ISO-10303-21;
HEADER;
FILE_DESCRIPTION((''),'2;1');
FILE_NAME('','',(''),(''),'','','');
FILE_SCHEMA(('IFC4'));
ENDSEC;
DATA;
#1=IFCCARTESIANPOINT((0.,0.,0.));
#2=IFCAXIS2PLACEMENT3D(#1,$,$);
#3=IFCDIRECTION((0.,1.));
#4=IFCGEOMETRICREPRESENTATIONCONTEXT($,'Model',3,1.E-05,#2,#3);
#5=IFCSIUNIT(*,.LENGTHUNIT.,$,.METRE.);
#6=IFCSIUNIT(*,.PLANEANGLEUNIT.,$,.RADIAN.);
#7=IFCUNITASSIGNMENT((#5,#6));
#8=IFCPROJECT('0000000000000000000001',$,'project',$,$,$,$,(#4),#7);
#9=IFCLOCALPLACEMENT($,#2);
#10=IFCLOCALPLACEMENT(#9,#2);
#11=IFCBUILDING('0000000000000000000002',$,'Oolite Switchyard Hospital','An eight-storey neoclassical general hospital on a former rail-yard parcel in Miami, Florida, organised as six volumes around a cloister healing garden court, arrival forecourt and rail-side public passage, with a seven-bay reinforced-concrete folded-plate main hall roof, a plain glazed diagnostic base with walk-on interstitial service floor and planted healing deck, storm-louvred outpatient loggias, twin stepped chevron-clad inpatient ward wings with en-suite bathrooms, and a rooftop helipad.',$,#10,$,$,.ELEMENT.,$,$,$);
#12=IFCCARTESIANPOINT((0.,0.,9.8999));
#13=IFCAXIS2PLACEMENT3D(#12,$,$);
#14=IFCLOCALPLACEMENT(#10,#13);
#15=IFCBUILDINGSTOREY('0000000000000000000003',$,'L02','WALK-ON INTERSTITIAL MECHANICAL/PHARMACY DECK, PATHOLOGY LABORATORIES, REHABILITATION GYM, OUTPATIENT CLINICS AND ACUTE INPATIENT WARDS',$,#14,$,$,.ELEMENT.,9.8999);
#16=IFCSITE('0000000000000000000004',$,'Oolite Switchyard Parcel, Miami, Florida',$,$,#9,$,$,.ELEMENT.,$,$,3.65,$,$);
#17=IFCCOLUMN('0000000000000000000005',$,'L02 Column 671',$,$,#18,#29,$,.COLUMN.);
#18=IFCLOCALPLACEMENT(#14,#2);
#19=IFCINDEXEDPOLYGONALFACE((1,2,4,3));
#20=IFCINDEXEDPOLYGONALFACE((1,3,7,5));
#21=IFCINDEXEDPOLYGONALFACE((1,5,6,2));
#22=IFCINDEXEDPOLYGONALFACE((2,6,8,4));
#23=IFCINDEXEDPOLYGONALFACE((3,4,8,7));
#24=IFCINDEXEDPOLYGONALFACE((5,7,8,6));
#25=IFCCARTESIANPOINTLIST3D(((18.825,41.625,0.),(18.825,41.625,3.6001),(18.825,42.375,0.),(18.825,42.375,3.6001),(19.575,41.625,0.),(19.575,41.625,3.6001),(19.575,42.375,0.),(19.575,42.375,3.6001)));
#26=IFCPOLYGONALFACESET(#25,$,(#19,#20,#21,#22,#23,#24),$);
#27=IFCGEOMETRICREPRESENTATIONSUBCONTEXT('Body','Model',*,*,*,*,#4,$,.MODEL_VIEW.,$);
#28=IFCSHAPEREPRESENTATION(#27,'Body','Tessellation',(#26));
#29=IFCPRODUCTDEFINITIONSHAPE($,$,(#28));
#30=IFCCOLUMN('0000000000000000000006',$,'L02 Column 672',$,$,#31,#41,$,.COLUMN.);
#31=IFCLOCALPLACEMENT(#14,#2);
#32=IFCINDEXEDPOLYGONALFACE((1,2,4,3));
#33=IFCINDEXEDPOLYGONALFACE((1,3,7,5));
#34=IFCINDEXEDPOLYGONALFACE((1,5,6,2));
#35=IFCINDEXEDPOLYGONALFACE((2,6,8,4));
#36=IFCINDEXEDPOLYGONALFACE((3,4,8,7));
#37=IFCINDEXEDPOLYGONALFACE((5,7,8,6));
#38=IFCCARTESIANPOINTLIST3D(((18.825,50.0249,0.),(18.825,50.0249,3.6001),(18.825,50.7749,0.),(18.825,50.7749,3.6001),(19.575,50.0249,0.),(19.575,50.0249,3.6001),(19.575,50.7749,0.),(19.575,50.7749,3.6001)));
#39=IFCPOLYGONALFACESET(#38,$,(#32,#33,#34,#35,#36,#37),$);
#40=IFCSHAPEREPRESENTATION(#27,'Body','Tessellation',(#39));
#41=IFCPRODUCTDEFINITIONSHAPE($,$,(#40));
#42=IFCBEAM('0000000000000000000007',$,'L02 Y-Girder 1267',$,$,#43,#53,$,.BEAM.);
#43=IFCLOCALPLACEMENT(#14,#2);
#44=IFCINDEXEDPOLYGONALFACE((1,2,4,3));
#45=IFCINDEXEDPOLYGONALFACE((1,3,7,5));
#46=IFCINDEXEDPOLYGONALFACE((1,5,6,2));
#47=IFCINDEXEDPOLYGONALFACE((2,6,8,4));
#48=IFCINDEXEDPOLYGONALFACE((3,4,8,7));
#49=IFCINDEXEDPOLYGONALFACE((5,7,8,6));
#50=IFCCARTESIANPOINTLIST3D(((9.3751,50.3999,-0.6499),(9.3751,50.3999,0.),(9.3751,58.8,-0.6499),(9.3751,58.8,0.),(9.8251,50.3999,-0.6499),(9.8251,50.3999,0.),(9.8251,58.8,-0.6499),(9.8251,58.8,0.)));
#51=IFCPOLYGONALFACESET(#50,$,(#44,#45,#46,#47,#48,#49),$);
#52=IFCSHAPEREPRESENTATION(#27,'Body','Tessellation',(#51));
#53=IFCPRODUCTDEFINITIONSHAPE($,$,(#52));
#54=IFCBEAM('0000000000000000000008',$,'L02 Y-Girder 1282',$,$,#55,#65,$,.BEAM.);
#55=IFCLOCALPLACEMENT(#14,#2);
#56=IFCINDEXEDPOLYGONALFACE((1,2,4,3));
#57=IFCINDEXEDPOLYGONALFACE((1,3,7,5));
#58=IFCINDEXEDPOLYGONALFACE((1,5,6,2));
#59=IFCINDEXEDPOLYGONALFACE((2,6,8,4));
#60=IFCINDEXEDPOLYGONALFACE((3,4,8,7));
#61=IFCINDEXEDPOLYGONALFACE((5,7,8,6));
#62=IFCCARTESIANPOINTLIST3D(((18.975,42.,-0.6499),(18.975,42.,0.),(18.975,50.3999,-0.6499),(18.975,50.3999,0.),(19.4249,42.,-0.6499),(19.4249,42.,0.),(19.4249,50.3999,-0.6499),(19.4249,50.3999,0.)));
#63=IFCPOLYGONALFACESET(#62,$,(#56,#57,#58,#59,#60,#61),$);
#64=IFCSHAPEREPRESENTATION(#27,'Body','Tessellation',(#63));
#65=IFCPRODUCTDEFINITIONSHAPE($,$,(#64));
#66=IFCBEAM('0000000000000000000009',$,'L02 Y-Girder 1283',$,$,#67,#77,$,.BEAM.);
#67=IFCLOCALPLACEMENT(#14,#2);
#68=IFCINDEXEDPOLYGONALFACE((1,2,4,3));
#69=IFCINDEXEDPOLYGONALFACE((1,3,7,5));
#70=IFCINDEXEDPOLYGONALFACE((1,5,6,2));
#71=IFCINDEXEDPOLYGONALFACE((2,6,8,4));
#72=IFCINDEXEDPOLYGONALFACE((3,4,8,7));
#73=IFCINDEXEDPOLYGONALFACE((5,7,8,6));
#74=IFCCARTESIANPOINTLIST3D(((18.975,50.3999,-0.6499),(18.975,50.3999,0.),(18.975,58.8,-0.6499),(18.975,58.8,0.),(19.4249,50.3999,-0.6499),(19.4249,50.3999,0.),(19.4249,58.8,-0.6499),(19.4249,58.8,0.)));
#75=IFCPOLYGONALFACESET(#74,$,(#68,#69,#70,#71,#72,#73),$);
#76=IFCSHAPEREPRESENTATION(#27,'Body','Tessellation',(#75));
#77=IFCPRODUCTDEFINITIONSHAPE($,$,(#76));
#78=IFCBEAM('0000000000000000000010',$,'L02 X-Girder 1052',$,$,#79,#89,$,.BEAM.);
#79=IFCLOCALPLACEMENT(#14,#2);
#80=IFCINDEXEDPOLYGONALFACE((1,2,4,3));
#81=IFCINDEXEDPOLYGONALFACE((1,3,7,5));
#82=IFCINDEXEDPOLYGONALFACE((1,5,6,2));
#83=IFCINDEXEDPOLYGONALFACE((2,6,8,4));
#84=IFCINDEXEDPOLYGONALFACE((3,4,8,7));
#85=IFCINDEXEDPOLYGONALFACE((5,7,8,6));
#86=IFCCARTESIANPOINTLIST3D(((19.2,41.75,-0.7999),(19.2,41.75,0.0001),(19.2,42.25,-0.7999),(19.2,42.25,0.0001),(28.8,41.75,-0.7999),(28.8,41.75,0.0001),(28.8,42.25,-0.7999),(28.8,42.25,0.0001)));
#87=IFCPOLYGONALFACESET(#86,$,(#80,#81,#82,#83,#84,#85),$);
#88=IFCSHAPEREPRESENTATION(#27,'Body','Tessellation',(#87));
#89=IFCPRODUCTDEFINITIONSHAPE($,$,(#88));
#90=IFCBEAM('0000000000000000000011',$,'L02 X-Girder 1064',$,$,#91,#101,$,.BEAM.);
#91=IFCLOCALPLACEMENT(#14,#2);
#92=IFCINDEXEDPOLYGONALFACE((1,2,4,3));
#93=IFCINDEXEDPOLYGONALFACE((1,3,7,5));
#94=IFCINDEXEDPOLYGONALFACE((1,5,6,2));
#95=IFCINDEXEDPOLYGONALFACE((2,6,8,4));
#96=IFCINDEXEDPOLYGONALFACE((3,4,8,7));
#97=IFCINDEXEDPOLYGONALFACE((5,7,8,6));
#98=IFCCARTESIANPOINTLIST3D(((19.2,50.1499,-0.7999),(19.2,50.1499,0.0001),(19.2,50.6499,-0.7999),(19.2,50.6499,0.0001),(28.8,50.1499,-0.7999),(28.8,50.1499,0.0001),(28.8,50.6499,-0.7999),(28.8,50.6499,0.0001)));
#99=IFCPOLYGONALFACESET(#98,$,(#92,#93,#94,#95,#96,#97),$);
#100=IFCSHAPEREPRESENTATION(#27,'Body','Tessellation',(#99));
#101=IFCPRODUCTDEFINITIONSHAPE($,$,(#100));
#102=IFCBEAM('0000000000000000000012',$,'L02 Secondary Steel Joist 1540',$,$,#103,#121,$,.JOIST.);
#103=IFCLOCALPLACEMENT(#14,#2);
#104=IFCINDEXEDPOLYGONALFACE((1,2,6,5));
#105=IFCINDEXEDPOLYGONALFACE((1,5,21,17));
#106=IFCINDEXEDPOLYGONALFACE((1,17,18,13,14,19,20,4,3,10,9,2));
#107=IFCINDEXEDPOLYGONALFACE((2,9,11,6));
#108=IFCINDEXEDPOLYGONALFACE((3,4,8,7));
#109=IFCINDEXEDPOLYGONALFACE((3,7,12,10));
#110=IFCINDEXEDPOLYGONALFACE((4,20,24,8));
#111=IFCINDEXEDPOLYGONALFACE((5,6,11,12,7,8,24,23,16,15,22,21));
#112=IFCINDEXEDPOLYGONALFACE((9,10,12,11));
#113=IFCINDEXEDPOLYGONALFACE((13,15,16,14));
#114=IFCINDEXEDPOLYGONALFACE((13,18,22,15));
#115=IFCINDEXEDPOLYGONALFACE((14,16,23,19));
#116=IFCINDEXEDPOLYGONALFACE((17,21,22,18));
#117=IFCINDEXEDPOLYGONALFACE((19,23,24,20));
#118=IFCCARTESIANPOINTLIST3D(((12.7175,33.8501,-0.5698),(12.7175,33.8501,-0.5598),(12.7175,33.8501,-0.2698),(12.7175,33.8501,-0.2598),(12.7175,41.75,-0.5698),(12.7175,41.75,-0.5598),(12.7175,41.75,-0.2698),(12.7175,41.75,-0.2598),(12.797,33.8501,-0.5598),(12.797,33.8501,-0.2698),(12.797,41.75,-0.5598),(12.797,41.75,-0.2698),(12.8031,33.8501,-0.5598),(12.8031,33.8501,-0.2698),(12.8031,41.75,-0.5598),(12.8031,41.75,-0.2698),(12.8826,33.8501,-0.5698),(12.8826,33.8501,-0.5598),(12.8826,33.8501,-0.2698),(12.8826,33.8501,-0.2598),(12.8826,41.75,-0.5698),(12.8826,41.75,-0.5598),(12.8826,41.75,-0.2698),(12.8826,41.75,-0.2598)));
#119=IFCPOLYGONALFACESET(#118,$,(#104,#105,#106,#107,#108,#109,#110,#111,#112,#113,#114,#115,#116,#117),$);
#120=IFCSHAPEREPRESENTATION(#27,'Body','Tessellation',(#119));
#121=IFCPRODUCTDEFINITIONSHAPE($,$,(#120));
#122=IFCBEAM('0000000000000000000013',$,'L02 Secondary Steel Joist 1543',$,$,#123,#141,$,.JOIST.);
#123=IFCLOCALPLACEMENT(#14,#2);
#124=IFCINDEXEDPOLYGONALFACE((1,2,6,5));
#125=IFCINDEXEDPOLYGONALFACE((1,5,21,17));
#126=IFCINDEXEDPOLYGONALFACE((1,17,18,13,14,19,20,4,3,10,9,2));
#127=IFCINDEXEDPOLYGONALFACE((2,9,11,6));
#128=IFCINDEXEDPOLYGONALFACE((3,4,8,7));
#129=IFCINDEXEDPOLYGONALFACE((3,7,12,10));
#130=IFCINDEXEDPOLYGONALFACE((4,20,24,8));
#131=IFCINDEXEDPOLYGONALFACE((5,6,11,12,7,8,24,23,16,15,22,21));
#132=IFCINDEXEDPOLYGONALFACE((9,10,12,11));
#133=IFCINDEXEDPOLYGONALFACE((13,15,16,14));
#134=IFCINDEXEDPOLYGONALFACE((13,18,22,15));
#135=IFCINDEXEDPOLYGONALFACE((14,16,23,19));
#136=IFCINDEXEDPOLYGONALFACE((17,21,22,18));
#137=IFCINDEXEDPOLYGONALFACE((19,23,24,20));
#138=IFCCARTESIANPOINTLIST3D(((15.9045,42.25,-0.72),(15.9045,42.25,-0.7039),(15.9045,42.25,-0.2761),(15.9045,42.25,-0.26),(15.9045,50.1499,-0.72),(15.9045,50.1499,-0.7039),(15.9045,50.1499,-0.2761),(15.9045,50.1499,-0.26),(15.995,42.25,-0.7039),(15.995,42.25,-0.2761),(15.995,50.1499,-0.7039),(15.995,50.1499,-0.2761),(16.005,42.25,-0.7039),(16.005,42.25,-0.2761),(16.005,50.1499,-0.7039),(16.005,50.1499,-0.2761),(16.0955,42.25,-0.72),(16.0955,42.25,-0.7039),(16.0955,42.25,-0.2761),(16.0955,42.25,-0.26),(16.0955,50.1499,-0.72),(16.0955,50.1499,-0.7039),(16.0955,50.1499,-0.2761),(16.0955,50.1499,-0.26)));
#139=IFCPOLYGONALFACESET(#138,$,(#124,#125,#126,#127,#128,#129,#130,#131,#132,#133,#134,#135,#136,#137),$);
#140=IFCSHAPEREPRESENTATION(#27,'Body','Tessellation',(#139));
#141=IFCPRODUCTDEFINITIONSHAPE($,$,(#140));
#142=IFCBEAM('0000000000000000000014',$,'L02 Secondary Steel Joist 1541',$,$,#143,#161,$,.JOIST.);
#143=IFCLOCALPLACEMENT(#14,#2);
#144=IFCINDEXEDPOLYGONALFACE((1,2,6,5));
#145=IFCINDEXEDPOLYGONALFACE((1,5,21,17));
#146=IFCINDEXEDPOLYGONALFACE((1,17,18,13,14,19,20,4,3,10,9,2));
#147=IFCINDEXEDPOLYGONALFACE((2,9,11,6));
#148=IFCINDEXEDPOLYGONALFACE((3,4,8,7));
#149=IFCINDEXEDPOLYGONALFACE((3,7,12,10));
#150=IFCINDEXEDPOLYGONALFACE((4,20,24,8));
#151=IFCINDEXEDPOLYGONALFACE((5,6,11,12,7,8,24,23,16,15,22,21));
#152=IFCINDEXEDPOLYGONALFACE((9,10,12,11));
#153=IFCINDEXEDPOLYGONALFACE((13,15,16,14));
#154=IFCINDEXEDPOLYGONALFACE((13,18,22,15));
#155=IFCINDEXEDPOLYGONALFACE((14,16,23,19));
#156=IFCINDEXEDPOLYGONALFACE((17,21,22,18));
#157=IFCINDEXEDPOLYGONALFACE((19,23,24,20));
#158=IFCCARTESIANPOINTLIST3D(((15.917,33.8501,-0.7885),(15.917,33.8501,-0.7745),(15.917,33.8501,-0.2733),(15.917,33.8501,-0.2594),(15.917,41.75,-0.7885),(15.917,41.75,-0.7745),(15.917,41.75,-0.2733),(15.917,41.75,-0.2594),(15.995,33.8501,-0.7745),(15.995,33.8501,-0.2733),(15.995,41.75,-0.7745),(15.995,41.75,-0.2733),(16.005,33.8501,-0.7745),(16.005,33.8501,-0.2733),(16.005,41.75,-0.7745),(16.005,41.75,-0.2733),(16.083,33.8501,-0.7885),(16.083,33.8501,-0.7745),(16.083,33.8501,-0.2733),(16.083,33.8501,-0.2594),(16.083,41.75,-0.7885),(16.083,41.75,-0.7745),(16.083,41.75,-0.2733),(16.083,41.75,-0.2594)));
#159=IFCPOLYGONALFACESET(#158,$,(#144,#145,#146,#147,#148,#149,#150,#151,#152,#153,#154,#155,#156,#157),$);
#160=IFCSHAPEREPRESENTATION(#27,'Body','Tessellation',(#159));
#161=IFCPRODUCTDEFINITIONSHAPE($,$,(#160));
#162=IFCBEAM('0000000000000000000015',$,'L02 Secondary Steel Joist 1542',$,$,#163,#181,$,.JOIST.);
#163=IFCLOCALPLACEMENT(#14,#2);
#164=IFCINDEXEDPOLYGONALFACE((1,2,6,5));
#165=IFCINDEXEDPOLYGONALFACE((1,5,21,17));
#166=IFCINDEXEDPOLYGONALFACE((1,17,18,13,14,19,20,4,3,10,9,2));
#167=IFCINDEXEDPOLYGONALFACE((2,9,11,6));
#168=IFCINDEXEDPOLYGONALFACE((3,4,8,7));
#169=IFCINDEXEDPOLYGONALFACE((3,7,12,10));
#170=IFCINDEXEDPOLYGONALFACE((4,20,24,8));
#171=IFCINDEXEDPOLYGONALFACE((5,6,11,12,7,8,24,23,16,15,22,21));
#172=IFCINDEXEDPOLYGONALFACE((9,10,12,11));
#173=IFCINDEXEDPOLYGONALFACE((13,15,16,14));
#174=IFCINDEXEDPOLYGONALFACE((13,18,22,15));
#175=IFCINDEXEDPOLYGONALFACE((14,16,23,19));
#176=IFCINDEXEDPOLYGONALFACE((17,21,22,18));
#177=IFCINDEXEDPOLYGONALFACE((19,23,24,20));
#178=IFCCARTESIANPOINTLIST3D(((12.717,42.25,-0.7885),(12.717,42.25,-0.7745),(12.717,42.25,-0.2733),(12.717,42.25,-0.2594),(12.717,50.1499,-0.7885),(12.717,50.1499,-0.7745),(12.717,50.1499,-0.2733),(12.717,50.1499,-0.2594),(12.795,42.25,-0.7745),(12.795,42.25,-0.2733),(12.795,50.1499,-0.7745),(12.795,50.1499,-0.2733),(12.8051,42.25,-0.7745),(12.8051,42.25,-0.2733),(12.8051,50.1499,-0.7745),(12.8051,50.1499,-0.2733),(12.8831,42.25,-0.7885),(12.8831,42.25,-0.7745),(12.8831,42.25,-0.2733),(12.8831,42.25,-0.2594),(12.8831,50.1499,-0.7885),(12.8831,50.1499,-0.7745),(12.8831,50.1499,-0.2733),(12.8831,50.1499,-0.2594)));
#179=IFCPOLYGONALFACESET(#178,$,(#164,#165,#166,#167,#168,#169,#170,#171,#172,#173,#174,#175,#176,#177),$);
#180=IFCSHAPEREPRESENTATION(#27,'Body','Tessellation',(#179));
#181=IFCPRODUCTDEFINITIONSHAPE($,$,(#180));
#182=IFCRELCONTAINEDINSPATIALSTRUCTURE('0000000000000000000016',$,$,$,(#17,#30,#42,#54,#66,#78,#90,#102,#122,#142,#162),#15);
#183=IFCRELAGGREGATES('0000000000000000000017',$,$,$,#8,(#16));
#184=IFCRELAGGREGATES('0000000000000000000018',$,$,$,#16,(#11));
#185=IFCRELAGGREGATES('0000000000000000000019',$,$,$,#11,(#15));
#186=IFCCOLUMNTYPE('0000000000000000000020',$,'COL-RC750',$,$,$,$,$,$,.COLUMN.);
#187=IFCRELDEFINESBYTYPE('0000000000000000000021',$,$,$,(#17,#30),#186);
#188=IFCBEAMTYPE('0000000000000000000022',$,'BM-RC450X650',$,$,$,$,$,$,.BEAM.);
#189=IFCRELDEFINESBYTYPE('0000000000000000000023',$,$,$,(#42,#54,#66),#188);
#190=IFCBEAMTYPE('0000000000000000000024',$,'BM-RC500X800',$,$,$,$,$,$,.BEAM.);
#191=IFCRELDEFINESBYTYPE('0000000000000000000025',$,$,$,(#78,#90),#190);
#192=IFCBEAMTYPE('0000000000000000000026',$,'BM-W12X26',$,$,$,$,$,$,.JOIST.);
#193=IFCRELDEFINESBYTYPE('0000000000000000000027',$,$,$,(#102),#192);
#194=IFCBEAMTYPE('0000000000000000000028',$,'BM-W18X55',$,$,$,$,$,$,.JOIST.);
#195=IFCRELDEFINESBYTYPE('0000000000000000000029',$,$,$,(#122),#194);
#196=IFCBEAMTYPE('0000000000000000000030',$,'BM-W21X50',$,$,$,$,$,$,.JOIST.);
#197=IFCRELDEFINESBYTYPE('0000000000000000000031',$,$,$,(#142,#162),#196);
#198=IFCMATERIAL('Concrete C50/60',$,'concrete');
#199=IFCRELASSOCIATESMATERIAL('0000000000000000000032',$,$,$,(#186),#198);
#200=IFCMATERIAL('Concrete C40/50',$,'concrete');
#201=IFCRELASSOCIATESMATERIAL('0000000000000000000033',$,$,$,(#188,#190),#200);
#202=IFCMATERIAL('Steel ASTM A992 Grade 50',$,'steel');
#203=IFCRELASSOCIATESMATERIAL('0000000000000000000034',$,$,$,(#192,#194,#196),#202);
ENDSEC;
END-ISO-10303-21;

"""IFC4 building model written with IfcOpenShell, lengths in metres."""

from ifc_helpers import new_model, si_unit, direction, frame, origin, origin_2d, place, context, subcontext, project, spatial, rectangle, i_section, extrude, material, material_profile, profile_set, type_object, element, save


model = new_model("IFC4")

# Units and contexts
model_context = context("Model", 3, precision=1e-05, world=origin(), true_north=direction((0.0, 1.0)))
body_context = subcontext(model_context, "Body", "Model", "MODEL_VIEW")
ifc_project = project(units=[si_unit("LENGTHUNIT", "METRE"), si_unit("PLANEANGLEUNIT", "RADIAN")], contexts=[model_context])

# Site, building, storey
site_placement = place(None, origin())
site = spatial("IfcSite", under=ifc_project, at=site_placement, Name="Oolite Switchyard Parcel, Miami, Florida", CompositionType="ELEMENT", RefElevation=3.65)
building_placement = place(site_placement, origin())
building = spatial("IfcBuilding", under=site, at=building_placement, Name="Oolite Switchyard Hospital", Description="An eight-storey neoclassical general hospital on a former rail-yard parcel in Miami, Florida, organised as six volumes around a cloister healing garden court, arrival forecourt and rail-side public passage, with a seven-bay reinforced-concrete folded-plate main hall roof, a plain glazed diagnostic base with walk-on interstitial service floor and planted healing deck, storm-louvred outpatient loggias, twin stepped chevron-clad inpatient ward wings with en-suite bathrooms, and a rooftop helipad.", CompositionType="ELEMENT")
storey_placement = place(building_placement, frame((0.0, 0.0, 9.8999)))
storey = spatial("IfcBuildingStorey", under=building, at=storey_placement, Name="L02", Description="WALK-ON INTERSTITIAL MECHANICAL/PHARMACY DECK, PATHOLOGY LABORATORIES, REHABILITATION GYM, OUTPATIENT CLINICS AND ACUTE INPATIENT WARDS", CompositionType="ELEMENT", Elevation=9.8999)

# Columns
ifc_material_1 = material(Name="Concrete C50/60", Category="concrete")
ifc_material_profile_1 = material_profile(ifc_material_1, rectangle(XDim=0.75, YDim=0.75, at=origin_2d()), Name="RC750X750")
ifc_profile_set_1 = profile_set([ifc_material_profile_1], Name="Concrete C50/60")
column_type = type_object("IfcColumnType", Name="COL-RC750", PredefinedType="COLUMN", material=ifc_profile_set_1)
for number, where, z_axis, x_axis, name in (
    (1, (19.2, 42.0, 0.0), (0.0, 0.0, 1.0), (1.0, 0.0, 0.0), "L02 Column 671"),
    (2, (19.2, 50.3999, 0.0), (0.0, 0.0, 1.0), (1.0, 0.0, 0.0), "L02 Column 672"),
):
    element("IfcColumn", number, at=place(storey_placement, frame(where, z_axis=z_axis, x_axis=x_axis)), inside=storey, type_object=column_type, Name=name, PredefinedType="COLUMN", context=body_context, shape_type="SweptSolid", body=[
        extrude(rectangle(XDim=0.75, YDim=0.75, at=origin_2d()), origin(), (0.0, 0.0, 1.0), 3.6001),
    ])

# Beams
ifc_material_2 = material(Name="Concrete C40/50", Category="concrete")
ifc_material_profile_2 = material_profile(ifc_material_2, rectangle(XDim=0.45, YDim=0.6499, at=origin_2d()), Name="RCB450X650")
ifc_profile_set_2 = profile_set([ifc_material_profile_2], Name="Concrete C40/50")
beam_type_1 = type_object("IfcBeamType", Name="BM-RC450X650", PredefinedType="BEAM", material=ifc_profile_set_2)
beam_1_placement = place(storey_placement, frame((9.6001, 50.3999, -0.325), z_axis=(0.0, 1.0, 0.0), x_axis=(-1.0, 0.0, 0.0)))
element("IfcBeam", 3, at=beam_1_placement, inside=storey, type_object=beam_type_1, Name="L02 Y-Girder 1267", PredefinedType="BEAM", context=body_context, shape_type="SweptSolid", body=[
    extrude(rectangle(XDim=0.45, YDim=0.6499, at=origin_2d()), origin(), (0.0, 0.0, 1.0), 8.4001),
])
beam_2_placement = place(storey_placement, frame((19.2, 42.0, -0.325), z_axis=(0.0, 1.0, 0.0), x_axis=(-1.0, 0.0, 0.0)))
element("IfcBeam", 4, at=beam_2_placement, inside=storey, type_object=beam_type_1, Name="L02 Y-Girder 1282", PredefinedType="BEAM", context=body_context, shape_type="SweptSolid", body=[
    extrude(rectangle(XDim=0.45, YDim=0.6499, at=origin_2d()), origin(), (0.0, 0.0, 1.0), 8.3999),
])
beam_3_placement = place(storey_placement, frame((19.2, 50.3999, -0.325), z_axis=(0.0, 1.0, 0.0), x_axis=(-1.0, 0.0, 0.0)))
element("IfcBeam", 5, at=beam_3_placement, inside=storey, type_object=beam_type_1, Name="L02 Y-Girder 1283", PredefinedType="BEAM", context=body_context, shape_type="SweptSolid", body=[
    extrude(rectangle(XDim=0.45, YDim=0.6499, at=origin_2d()), origin(), (0.0, 0.0, 1.0), 8.4001),
])
ifc_material_profile_3 = material_profile(ifc_material_2, rectangle(XDim=0.5, YDim=0.8, at=origin_2d()), Name="RCB500X800")
ifc_profile_set_3 = profile_set([ifc_material_profile_3], Name="Concrete C40/50")
beam_type_2 = type_object("IfcBeamType", Name="BM-RC500X800", PredefinedType="BEAM", material=ifc_profile_set_3)
for number, where, z_axis, x_axis, name in (
    (6, (19.2, 42.0, -0.3999), (1.0, 0.0, 0.0), (0.0, 1.0, 0.0), "L02 X-Girder 1052"),
    (7, (19.2, 50.3999, -0.3999), (1.0, 0.0, 0.0), (0.0, 1.0, 0.0), "L02 X-Girder 1064"),
):
    element("IfcBeam", number, at=place(storey_placement, frame(where, z_axis=z_axis, x_axis=x_axis)), inside=storey, type_object=beam_type_2, Name=name, PredefinedType="BEAM", context=body_context, shape_type="SweptSolid", body=[
        extrude(rectangle(XDim=0.5, YDim=0.8, at=origin_2d()), origin(), (0.0, 0.0, 1.0), 9.6001),
    ])
ifc_material_3 = material(Name="Steel ASTM A992 Grade 50", Category="steel")
ifc_material_profile_4 = material_profile(ifc_material_3, i_section(OverallWidth=0.165, OverallDepth=0.3101, WebThickness=0.0061, FlangeThickness=0.01, at=origin_2d()), Name="W12X26")
ifc_profile_set_4 = profile_set([ifc_material_profile_4], Name="Steel ASTM A992 Grade 50")
beam_type_3 = type_object("IfcBeamType", Name="BM-W12X26", PredefinedType="JOIST", material=ifc_profile_set_4)
beam_4_placement = place(storey_placement, frame((12.8, 33.8501, -0.4148), z_axis=(0.0, 1.0, 0.0), x_axis=(-1.0, 0.0, 0.0)))
element("IfcBeam", 8, at=beam_4_placement, inside=storey, type_object=beam_type_3, Name="L02 Secondary Steel Joist 1540", PredefinedType="JOIST", context=body_context, shape_type="SweptSolid", body=[
    extrude(i_section(OverallWidth=0.165, OverallDepth=0.3101, WebThickness=0.0061, FlangeThickness=0.01, at=origin_2d()), origin(), (0.0, 0.0, 1.0), 7.8999),
])
ifc_material_profile_5 = material_profile(ifc_material_3, i_section(OverallWidth=0.1909, OverallDepth=0.46, WebThickness=0.01, FlangeThickness=0.0161, at=origin_2d()), Name="W18X55")
ifc_profile_set_5 = profile_set([ifc_material_profile_5], Name="Steel ASTM A992 Grade 50")
beam_type_4 = type_object("IfcBeamType", Name="BM-W18X55", PredefinedType="JOIST", material=ifc_profile_set_5)
beam_5_placement = place(storey_placement, frame((16.0, 42.25, -0.49), z_axis=(0.0, 1.0, 0.0), x_axis=(-1.0, 0.0, 0.0)))
element("IfcBeam", 9, at=beam_5_placement, inside=storey, type_object=beam_type_4, Name="L02 Secondary Steel Joist 1543", PredefinedType="JOIST", context=body_context, shape_type="SweptSolid", body=[
    extrude(i_section(OverallWidth=0.1909, OverallDepth=0.46, WebThickness=0.01, FlangeThickness=0.0161, at=origin_2d()), origin(), (0.0, 0.0, 1.0), 7.8999),
])
ifc_material_profile_6 = material_profile(ifc_material_3, i_section(OverallWidth=0.166, OverallDepth=0.5291, WebThickness=0.01, FlangeThickness=0.0139, at=origin_2d()), Name="W21X50")
ifc_profile_set_6 = profile_set([ifc_material_profile_6], Name="Steel ASTM A992 Grade 50")
beam_type_5 = type_object("IfcBeamType", Name="BM-W21X50", PredefinedType="JOIST", material=ifc_profile_set_6)
for number, where, z_axis, x_axis, name in (
    (10, (16.0, 33.8501, -0.5239), (0.0, 1.0, 0.0), (-1.0, 0.0, 0.0), "L02 Secondary Steel Joist 1541"),
    (11, (12.8, 42.25, -0.5239), (0.0, 1.0, 0.0), (-1.0, 0.0, 0.0), "L02 Secondary Steel Joist 1542"),
):
    element("IfcBeam", number, at=place(storey_placement, frame(where, z_axis=z_axis, x_axis=x_axis)), inside=storey, type_object=beam_type_5, Name=name, PredefinedType="JOIST", context=body_context, shape_type="SweptSolid", body=[
        extrude(i_section(OverallWidth=0.166, OverallDepth=0.5291, WebThickness=0.01, FlangeThickness=0.0139, at=origin_2d()), origin(), (0.0, 0.0, 1.0), 7.8999),
    ])

save(model, "model.ifc")
